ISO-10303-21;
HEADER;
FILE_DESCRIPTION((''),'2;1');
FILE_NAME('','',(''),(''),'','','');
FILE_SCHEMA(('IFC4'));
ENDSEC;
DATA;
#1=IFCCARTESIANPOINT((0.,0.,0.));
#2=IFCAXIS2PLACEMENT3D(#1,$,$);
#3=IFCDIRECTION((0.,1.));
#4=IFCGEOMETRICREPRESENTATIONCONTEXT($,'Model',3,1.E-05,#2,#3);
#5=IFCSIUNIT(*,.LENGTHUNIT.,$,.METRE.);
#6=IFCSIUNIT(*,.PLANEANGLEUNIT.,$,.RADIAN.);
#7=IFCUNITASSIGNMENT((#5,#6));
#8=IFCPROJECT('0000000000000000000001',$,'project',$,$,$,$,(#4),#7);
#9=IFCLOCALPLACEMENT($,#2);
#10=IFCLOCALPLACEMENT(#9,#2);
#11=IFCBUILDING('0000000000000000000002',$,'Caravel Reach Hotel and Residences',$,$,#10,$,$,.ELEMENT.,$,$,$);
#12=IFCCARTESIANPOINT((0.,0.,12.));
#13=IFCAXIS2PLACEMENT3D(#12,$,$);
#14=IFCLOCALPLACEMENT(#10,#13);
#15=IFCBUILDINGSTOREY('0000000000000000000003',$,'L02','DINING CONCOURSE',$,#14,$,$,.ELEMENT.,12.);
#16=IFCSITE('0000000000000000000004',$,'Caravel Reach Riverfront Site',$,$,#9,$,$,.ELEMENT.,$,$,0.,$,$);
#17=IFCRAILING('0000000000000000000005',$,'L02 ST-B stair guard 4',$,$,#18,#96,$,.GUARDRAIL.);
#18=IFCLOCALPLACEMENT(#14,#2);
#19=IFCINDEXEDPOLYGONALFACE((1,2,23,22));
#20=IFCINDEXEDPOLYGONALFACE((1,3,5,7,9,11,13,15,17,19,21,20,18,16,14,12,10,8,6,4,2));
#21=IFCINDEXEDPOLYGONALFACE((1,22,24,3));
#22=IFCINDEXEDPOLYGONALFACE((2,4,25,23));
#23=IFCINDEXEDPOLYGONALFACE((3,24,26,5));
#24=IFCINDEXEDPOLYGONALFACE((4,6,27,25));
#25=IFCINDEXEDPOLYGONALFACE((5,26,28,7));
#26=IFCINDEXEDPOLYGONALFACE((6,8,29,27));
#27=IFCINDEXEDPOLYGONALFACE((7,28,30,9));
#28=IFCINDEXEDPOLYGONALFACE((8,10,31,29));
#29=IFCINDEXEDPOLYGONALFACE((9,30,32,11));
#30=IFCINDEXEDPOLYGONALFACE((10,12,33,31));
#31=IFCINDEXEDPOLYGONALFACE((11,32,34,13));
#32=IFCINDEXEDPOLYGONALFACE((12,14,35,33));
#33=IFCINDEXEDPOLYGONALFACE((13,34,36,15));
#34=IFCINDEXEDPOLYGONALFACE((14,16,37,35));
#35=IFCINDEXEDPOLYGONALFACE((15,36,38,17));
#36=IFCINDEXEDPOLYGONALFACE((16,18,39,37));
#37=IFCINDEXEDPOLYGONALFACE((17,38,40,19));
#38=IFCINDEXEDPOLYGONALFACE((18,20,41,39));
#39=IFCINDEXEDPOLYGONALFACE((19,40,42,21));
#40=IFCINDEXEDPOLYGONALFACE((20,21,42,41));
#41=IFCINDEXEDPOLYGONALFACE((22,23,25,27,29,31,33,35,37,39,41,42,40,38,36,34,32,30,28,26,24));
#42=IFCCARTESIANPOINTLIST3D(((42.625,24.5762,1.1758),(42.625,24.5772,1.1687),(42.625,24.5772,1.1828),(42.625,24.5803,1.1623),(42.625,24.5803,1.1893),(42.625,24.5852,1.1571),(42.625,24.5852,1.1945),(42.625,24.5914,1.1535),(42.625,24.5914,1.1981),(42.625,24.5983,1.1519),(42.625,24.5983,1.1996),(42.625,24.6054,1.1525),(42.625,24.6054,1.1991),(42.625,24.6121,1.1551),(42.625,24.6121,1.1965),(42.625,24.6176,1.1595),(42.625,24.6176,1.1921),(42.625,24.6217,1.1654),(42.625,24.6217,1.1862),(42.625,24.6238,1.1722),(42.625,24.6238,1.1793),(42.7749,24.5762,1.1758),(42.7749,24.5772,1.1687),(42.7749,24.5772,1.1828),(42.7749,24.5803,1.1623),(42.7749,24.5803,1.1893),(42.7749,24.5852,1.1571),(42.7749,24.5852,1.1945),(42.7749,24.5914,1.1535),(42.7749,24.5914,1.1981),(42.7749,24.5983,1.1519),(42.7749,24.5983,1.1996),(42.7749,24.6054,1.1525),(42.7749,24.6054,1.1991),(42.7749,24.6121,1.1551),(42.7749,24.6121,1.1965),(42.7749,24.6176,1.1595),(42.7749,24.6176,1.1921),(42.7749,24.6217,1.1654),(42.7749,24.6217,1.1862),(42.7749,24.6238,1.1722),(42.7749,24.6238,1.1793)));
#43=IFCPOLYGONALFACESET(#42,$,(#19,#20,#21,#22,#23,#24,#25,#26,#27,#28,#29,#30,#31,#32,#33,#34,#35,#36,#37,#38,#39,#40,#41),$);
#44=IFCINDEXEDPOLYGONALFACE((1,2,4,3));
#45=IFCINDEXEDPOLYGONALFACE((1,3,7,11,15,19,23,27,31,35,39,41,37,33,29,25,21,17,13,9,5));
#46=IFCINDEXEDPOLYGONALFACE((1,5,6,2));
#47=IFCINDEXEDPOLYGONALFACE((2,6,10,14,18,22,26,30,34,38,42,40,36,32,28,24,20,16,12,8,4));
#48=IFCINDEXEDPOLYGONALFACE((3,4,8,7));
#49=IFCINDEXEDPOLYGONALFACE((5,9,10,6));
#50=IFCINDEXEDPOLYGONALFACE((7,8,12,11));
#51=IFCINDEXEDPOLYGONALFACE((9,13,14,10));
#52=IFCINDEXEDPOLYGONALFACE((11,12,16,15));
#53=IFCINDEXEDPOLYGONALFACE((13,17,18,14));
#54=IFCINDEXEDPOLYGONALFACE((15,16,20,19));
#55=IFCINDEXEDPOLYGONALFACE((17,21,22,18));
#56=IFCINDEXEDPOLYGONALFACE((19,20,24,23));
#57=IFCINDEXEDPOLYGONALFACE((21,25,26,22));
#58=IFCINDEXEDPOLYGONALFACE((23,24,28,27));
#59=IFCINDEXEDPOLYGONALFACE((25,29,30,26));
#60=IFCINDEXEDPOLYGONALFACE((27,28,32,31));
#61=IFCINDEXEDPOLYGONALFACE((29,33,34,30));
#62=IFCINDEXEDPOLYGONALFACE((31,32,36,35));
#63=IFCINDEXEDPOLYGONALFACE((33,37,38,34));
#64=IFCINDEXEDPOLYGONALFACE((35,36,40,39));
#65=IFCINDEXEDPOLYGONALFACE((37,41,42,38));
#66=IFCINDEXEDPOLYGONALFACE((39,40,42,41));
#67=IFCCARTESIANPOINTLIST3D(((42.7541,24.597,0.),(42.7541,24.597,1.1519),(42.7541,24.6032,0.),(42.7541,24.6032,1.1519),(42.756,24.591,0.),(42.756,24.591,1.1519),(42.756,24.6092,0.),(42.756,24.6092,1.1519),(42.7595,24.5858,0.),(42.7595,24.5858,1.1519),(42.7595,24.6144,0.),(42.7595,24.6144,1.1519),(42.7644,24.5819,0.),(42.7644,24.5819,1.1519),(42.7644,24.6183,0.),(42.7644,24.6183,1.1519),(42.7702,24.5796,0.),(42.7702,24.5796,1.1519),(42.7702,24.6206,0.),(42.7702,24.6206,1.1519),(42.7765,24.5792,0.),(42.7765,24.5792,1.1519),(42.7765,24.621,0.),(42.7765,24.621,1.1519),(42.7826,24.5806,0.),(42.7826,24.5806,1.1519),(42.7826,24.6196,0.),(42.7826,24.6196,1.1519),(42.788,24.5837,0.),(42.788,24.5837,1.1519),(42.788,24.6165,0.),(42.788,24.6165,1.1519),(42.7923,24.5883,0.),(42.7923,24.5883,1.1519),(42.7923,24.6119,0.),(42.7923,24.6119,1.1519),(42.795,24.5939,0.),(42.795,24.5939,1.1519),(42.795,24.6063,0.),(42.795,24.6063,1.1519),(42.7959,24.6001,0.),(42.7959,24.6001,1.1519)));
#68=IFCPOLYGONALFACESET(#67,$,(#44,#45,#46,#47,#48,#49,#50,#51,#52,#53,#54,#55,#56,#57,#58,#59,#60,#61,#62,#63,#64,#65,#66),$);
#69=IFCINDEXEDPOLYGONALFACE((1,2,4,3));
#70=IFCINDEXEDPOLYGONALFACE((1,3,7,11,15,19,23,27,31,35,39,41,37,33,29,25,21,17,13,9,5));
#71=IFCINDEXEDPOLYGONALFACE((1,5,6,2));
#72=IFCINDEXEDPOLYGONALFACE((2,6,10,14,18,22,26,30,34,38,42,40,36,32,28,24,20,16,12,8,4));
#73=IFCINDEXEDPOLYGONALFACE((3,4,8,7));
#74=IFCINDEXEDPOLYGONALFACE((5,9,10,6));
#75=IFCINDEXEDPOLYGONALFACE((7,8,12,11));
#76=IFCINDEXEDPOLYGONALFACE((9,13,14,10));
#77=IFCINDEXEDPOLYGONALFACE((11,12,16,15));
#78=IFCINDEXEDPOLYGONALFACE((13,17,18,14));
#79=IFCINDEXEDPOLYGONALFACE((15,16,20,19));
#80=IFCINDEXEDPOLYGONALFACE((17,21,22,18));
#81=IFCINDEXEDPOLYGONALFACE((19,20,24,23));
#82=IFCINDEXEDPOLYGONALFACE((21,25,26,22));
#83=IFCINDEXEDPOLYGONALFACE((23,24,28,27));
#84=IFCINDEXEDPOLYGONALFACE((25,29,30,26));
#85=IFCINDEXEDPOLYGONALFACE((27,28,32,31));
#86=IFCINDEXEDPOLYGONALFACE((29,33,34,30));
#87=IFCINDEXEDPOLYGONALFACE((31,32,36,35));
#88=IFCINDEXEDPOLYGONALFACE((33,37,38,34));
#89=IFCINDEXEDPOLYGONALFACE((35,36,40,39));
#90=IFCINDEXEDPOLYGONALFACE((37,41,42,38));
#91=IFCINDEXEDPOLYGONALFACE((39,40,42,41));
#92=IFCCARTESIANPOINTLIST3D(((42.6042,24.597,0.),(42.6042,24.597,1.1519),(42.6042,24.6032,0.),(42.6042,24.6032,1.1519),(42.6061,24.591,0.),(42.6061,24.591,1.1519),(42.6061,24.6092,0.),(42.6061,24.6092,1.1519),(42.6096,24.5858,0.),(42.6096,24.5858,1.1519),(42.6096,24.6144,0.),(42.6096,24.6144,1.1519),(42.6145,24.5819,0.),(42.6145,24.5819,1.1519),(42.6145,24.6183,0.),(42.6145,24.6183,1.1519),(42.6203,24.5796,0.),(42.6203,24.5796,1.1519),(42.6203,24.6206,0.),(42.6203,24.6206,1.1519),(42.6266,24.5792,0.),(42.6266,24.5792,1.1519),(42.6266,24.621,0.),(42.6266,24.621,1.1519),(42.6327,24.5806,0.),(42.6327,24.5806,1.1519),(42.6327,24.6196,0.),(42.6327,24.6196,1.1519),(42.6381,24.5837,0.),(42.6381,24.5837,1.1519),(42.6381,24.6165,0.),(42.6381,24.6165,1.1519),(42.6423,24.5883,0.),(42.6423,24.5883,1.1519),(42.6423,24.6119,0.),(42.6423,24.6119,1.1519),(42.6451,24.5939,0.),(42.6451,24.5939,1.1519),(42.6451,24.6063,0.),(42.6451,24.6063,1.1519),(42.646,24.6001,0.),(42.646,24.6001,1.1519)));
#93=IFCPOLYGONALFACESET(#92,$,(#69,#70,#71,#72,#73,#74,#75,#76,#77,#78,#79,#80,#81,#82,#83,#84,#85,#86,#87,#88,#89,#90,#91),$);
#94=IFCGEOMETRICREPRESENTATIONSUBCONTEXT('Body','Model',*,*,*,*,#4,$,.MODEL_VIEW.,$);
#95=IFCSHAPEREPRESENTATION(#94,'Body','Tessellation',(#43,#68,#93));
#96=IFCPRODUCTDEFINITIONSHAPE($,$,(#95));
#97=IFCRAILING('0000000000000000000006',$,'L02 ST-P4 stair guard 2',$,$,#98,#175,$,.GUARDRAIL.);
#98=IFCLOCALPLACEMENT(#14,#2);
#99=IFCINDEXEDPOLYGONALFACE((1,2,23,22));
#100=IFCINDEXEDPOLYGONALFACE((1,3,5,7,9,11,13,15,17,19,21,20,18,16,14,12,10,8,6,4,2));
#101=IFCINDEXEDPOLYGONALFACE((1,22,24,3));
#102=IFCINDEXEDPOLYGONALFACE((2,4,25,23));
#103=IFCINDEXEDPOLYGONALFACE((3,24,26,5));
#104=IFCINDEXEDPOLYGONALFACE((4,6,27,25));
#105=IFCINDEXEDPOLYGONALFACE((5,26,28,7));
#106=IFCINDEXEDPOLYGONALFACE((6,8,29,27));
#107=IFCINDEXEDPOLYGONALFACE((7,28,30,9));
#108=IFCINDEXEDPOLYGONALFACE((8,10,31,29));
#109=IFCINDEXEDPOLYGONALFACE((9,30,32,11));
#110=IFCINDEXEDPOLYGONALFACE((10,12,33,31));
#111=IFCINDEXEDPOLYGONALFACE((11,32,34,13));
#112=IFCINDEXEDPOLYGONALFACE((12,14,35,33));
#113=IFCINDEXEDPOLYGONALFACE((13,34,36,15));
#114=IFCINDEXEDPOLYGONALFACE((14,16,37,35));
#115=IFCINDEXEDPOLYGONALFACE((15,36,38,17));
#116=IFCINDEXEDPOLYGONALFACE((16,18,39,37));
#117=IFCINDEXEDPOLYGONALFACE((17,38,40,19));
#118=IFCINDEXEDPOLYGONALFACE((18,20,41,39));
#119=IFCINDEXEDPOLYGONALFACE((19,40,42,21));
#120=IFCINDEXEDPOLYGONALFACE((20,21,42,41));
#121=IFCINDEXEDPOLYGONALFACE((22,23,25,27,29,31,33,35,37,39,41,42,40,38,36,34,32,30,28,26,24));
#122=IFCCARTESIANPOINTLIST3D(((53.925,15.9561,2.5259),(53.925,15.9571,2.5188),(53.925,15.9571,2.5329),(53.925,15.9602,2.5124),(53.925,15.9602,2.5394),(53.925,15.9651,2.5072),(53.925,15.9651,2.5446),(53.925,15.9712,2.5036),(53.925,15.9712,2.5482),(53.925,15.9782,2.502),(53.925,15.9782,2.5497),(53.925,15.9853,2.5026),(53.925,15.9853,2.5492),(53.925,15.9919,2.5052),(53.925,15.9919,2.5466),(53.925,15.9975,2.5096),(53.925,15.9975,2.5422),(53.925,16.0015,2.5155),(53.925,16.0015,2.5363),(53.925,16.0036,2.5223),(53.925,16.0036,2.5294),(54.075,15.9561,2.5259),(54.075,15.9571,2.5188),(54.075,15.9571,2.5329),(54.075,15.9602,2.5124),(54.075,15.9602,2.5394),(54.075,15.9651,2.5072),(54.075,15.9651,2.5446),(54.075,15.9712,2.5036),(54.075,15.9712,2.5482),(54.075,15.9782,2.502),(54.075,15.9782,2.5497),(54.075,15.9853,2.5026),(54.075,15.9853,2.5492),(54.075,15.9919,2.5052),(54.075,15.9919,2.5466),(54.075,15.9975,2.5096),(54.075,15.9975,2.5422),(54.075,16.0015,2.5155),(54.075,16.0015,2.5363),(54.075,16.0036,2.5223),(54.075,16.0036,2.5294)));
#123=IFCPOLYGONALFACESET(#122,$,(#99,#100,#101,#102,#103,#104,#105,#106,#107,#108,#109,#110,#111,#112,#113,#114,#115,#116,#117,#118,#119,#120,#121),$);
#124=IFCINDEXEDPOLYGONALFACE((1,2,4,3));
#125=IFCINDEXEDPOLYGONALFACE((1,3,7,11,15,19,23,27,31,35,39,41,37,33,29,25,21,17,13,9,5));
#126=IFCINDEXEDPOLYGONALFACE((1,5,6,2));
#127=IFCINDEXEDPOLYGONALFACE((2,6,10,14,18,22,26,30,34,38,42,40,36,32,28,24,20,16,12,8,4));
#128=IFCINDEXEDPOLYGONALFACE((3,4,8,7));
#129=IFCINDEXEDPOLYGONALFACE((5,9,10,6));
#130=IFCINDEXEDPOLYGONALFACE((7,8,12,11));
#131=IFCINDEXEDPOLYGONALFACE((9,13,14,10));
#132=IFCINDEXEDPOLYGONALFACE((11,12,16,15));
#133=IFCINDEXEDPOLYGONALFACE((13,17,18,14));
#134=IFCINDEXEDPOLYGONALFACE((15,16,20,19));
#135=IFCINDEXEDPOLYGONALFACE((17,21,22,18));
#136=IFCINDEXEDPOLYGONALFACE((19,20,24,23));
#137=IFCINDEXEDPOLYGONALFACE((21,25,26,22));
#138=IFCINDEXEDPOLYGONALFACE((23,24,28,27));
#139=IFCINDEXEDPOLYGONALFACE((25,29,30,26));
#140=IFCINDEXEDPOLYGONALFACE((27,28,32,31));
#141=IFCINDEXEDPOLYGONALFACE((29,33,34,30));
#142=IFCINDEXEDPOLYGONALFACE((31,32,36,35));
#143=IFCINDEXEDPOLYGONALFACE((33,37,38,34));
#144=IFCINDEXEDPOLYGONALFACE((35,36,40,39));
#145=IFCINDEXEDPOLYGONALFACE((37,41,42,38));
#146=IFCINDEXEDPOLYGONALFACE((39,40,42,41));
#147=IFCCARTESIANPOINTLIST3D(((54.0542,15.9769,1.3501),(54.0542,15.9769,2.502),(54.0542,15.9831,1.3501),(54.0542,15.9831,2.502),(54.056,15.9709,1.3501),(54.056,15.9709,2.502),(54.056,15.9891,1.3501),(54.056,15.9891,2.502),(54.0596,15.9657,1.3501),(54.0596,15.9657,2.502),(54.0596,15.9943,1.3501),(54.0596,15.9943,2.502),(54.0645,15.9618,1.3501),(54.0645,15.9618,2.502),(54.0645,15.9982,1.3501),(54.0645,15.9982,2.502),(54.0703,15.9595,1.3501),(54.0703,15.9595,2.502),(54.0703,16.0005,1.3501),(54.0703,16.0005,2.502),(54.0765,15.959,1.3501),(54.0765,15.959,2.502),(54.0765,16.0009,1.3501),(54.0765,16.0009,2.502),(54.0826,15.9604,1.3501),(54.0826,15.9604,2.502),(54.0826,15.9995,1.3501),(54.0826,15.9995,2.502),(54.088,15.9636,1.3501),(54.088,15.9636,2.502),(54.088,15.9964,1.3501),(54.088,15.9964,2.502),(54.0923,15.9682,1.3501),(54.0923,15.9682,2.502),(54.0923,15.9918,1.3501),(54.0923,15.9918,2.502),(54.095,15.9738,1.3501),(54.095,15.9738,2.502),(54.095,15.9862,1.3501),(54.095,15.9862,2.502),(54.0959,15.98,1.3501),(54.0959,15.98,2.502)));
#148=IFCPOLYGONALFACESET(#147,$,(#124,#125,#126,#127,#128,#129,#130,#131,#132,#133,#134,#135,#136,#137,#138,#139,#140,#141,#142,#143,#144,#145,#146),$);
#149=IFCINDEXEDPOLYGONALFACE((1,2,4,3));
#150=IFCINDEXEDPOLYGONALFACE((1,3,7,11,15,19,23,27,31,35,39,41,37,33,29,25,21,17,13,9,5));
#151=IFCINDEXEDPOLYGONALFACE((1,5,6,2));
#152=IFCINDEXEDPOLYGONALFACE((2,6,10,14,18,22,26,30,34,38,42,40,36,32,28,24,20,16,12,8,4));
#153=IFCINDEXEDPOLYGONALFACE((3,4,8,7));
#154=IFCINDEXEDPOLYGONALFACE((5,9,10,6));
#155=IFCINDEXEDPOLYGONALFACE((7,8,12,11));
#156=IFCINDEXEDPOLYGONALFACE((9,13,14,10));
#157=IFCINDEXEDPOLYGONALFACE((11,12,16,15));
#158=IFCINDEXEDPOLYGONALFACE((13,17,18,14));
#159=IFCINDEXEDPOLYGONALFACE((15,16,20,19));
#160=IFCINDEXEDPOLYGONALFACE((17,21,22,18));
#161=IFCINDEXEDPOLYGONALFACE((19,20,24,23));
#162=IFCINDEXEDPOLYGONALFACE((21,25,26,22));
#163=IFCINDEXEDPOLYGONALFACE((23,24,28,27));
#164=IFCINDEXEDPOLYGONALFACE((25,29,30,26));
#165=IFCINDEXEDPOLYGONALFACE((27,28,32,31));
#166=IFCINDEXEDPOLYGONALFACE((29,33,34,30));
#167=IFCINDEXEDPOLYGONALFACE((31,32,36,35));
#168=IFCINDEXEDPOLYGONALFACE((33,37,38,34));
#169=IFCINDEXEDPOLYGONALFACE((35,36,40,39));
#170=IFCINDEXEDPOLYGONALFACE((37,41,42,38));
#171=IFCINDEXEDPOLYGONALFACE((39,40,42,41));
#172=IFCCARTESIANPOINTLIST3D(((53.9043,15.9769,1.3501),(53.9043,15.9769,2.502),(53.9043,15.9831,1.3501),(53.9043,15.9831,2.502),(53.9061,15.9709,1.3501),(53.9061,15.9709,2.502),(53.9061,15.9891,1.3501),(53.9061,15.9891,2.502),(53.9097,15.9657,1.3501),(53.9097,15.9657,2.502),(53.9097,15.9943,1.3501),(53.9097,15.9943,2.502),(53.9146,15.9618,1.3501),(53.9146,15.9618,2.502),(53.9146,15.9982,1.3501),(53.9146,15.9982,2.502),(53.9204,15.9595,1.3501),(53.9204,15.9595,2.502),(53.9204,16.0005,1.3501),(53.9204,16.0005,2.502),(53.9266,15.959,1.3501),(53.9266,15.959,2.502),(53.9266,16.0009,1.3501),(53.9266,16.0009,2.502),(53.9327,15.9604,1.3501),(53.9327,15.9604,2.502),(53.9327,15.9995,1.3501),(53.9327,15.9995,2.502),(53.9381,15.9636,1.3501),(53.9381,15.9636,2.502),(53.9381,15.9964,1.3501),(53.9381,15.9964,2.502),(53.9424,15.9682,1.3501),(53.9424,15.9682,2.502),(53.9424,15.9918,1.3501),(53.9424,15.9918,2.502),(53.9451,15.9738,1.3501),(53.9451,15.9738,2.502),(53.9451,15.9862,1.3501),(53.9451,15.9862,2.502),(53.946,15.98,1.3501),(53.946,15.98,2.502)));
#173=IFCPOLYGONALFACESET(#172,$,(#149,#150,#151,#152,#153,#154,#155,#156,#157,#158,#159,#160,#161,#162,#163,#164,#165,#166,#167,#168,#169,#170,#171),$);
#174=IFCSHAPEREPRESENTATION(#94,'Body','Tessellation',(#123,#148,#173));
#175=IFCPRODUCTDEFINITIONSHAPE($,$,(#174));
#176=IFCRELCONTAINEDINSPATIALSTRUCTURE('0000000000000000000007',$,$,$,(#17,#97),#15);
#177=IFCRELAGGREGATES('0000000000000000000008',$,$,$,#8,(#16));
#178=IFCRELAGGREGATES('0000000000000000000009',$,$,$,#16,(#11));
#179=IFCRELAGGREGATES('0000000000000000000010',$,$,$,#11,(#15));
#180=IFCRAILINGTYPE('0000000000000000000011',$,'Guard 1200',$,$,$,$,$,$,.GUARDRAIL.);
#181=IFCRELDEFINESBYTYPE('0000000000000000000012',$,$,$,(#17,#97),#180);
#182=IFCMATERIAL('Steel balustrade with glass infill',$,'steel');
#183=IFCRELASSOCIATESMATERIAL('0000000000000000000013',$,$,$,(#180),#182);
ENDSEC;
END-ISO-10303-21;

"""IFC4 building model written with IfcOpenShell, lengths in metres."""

from ifc_helpers import new_model, si_unit, direction, frame, origin, origin_2d, place, context, subcontext, project, spatial, circle, extrude, material, type_object, element, save


model = new_model("IFC4")

# Units and contexts
model_context = context("Model", 3, precision=1e-05, world=origin(), true_north=direction((0.0, 1.0)))
body_context = subcontext(model_context, "Body", "Model", "MODEL_VIEW")
ifc_project = project(units=[si_unit("LENGTHUNIT", "METRE"), si_unit("PLANEANGLEUNIT", "RADIAN")], contexts=[model_context])

# Site, building, storey
site_placement = place(None, origin())
site = spatial("IfcSite", under=ifc_project, at=site_placement, Name="Caravel Reach Riverfront Site", CompositionType="ELEMENT", RefElevation=0.0)
building_placement = place(site_placement, origin())
building = spatial("IfcBuilding", under=site, at=building_placement, Name="Caravel Reach Hotel and Residences", CompositionType="ELEMENT")
storey_placement = place(building_placement, frame((0.0, 0.0, 12.0)))
storey = spatial("IfcBuildingStorey", under=building, at=storey_placement, Name="L02", Description="DINING CONCOURSE", CompositionType="ELEMENT", Elevation=12.0)

# Railings
ifc_material_1 = material(Name="Steel balustrade with glass infill", Category="steel")
railing_type_1 = type_object("IfcRailingType", Name="Guard 1200", PredefinedType="GUARDRAIL", material=ifc_material_1)
for number, where, name in (
    (1, (42.7749, 24.6001, 0.0), "L02 ST-B stair guard 4"),
    (2, (54.075, 15.98, 1.3501), "L02 ST-P4 stair guard 2"),
):
    element("IfcRailing", number, at=place(storey_placement, frame(where)), inside=storey, type_object=railing_type_1, Name=name, PredefinedType="GUARDRAIL", context=body_context, shape_type="SweptSolid", body=[
        extrude(circle(Radius=0.0239, at=origin_2d()), frame((0.0, 0.0, 1.1758), z_axis=(-1.0, 0.0, 0.0), x_axis=(0.0, -1.0, 0.0)), (0.0, 0.0, 1.0), 0.1499),
        extrude(circle(Radius=0.021, at=origin_2d()), origin(), (0.0, 0.0, 1.0), 1.1519),
        extrude(circle(Radius=0.021, at=origin_2d()), frame((-0.1499, 0.0, 0.0)), (0.0, 0.0, 1.0), 1.1519),
    ])

save(model, "model.ifc")
